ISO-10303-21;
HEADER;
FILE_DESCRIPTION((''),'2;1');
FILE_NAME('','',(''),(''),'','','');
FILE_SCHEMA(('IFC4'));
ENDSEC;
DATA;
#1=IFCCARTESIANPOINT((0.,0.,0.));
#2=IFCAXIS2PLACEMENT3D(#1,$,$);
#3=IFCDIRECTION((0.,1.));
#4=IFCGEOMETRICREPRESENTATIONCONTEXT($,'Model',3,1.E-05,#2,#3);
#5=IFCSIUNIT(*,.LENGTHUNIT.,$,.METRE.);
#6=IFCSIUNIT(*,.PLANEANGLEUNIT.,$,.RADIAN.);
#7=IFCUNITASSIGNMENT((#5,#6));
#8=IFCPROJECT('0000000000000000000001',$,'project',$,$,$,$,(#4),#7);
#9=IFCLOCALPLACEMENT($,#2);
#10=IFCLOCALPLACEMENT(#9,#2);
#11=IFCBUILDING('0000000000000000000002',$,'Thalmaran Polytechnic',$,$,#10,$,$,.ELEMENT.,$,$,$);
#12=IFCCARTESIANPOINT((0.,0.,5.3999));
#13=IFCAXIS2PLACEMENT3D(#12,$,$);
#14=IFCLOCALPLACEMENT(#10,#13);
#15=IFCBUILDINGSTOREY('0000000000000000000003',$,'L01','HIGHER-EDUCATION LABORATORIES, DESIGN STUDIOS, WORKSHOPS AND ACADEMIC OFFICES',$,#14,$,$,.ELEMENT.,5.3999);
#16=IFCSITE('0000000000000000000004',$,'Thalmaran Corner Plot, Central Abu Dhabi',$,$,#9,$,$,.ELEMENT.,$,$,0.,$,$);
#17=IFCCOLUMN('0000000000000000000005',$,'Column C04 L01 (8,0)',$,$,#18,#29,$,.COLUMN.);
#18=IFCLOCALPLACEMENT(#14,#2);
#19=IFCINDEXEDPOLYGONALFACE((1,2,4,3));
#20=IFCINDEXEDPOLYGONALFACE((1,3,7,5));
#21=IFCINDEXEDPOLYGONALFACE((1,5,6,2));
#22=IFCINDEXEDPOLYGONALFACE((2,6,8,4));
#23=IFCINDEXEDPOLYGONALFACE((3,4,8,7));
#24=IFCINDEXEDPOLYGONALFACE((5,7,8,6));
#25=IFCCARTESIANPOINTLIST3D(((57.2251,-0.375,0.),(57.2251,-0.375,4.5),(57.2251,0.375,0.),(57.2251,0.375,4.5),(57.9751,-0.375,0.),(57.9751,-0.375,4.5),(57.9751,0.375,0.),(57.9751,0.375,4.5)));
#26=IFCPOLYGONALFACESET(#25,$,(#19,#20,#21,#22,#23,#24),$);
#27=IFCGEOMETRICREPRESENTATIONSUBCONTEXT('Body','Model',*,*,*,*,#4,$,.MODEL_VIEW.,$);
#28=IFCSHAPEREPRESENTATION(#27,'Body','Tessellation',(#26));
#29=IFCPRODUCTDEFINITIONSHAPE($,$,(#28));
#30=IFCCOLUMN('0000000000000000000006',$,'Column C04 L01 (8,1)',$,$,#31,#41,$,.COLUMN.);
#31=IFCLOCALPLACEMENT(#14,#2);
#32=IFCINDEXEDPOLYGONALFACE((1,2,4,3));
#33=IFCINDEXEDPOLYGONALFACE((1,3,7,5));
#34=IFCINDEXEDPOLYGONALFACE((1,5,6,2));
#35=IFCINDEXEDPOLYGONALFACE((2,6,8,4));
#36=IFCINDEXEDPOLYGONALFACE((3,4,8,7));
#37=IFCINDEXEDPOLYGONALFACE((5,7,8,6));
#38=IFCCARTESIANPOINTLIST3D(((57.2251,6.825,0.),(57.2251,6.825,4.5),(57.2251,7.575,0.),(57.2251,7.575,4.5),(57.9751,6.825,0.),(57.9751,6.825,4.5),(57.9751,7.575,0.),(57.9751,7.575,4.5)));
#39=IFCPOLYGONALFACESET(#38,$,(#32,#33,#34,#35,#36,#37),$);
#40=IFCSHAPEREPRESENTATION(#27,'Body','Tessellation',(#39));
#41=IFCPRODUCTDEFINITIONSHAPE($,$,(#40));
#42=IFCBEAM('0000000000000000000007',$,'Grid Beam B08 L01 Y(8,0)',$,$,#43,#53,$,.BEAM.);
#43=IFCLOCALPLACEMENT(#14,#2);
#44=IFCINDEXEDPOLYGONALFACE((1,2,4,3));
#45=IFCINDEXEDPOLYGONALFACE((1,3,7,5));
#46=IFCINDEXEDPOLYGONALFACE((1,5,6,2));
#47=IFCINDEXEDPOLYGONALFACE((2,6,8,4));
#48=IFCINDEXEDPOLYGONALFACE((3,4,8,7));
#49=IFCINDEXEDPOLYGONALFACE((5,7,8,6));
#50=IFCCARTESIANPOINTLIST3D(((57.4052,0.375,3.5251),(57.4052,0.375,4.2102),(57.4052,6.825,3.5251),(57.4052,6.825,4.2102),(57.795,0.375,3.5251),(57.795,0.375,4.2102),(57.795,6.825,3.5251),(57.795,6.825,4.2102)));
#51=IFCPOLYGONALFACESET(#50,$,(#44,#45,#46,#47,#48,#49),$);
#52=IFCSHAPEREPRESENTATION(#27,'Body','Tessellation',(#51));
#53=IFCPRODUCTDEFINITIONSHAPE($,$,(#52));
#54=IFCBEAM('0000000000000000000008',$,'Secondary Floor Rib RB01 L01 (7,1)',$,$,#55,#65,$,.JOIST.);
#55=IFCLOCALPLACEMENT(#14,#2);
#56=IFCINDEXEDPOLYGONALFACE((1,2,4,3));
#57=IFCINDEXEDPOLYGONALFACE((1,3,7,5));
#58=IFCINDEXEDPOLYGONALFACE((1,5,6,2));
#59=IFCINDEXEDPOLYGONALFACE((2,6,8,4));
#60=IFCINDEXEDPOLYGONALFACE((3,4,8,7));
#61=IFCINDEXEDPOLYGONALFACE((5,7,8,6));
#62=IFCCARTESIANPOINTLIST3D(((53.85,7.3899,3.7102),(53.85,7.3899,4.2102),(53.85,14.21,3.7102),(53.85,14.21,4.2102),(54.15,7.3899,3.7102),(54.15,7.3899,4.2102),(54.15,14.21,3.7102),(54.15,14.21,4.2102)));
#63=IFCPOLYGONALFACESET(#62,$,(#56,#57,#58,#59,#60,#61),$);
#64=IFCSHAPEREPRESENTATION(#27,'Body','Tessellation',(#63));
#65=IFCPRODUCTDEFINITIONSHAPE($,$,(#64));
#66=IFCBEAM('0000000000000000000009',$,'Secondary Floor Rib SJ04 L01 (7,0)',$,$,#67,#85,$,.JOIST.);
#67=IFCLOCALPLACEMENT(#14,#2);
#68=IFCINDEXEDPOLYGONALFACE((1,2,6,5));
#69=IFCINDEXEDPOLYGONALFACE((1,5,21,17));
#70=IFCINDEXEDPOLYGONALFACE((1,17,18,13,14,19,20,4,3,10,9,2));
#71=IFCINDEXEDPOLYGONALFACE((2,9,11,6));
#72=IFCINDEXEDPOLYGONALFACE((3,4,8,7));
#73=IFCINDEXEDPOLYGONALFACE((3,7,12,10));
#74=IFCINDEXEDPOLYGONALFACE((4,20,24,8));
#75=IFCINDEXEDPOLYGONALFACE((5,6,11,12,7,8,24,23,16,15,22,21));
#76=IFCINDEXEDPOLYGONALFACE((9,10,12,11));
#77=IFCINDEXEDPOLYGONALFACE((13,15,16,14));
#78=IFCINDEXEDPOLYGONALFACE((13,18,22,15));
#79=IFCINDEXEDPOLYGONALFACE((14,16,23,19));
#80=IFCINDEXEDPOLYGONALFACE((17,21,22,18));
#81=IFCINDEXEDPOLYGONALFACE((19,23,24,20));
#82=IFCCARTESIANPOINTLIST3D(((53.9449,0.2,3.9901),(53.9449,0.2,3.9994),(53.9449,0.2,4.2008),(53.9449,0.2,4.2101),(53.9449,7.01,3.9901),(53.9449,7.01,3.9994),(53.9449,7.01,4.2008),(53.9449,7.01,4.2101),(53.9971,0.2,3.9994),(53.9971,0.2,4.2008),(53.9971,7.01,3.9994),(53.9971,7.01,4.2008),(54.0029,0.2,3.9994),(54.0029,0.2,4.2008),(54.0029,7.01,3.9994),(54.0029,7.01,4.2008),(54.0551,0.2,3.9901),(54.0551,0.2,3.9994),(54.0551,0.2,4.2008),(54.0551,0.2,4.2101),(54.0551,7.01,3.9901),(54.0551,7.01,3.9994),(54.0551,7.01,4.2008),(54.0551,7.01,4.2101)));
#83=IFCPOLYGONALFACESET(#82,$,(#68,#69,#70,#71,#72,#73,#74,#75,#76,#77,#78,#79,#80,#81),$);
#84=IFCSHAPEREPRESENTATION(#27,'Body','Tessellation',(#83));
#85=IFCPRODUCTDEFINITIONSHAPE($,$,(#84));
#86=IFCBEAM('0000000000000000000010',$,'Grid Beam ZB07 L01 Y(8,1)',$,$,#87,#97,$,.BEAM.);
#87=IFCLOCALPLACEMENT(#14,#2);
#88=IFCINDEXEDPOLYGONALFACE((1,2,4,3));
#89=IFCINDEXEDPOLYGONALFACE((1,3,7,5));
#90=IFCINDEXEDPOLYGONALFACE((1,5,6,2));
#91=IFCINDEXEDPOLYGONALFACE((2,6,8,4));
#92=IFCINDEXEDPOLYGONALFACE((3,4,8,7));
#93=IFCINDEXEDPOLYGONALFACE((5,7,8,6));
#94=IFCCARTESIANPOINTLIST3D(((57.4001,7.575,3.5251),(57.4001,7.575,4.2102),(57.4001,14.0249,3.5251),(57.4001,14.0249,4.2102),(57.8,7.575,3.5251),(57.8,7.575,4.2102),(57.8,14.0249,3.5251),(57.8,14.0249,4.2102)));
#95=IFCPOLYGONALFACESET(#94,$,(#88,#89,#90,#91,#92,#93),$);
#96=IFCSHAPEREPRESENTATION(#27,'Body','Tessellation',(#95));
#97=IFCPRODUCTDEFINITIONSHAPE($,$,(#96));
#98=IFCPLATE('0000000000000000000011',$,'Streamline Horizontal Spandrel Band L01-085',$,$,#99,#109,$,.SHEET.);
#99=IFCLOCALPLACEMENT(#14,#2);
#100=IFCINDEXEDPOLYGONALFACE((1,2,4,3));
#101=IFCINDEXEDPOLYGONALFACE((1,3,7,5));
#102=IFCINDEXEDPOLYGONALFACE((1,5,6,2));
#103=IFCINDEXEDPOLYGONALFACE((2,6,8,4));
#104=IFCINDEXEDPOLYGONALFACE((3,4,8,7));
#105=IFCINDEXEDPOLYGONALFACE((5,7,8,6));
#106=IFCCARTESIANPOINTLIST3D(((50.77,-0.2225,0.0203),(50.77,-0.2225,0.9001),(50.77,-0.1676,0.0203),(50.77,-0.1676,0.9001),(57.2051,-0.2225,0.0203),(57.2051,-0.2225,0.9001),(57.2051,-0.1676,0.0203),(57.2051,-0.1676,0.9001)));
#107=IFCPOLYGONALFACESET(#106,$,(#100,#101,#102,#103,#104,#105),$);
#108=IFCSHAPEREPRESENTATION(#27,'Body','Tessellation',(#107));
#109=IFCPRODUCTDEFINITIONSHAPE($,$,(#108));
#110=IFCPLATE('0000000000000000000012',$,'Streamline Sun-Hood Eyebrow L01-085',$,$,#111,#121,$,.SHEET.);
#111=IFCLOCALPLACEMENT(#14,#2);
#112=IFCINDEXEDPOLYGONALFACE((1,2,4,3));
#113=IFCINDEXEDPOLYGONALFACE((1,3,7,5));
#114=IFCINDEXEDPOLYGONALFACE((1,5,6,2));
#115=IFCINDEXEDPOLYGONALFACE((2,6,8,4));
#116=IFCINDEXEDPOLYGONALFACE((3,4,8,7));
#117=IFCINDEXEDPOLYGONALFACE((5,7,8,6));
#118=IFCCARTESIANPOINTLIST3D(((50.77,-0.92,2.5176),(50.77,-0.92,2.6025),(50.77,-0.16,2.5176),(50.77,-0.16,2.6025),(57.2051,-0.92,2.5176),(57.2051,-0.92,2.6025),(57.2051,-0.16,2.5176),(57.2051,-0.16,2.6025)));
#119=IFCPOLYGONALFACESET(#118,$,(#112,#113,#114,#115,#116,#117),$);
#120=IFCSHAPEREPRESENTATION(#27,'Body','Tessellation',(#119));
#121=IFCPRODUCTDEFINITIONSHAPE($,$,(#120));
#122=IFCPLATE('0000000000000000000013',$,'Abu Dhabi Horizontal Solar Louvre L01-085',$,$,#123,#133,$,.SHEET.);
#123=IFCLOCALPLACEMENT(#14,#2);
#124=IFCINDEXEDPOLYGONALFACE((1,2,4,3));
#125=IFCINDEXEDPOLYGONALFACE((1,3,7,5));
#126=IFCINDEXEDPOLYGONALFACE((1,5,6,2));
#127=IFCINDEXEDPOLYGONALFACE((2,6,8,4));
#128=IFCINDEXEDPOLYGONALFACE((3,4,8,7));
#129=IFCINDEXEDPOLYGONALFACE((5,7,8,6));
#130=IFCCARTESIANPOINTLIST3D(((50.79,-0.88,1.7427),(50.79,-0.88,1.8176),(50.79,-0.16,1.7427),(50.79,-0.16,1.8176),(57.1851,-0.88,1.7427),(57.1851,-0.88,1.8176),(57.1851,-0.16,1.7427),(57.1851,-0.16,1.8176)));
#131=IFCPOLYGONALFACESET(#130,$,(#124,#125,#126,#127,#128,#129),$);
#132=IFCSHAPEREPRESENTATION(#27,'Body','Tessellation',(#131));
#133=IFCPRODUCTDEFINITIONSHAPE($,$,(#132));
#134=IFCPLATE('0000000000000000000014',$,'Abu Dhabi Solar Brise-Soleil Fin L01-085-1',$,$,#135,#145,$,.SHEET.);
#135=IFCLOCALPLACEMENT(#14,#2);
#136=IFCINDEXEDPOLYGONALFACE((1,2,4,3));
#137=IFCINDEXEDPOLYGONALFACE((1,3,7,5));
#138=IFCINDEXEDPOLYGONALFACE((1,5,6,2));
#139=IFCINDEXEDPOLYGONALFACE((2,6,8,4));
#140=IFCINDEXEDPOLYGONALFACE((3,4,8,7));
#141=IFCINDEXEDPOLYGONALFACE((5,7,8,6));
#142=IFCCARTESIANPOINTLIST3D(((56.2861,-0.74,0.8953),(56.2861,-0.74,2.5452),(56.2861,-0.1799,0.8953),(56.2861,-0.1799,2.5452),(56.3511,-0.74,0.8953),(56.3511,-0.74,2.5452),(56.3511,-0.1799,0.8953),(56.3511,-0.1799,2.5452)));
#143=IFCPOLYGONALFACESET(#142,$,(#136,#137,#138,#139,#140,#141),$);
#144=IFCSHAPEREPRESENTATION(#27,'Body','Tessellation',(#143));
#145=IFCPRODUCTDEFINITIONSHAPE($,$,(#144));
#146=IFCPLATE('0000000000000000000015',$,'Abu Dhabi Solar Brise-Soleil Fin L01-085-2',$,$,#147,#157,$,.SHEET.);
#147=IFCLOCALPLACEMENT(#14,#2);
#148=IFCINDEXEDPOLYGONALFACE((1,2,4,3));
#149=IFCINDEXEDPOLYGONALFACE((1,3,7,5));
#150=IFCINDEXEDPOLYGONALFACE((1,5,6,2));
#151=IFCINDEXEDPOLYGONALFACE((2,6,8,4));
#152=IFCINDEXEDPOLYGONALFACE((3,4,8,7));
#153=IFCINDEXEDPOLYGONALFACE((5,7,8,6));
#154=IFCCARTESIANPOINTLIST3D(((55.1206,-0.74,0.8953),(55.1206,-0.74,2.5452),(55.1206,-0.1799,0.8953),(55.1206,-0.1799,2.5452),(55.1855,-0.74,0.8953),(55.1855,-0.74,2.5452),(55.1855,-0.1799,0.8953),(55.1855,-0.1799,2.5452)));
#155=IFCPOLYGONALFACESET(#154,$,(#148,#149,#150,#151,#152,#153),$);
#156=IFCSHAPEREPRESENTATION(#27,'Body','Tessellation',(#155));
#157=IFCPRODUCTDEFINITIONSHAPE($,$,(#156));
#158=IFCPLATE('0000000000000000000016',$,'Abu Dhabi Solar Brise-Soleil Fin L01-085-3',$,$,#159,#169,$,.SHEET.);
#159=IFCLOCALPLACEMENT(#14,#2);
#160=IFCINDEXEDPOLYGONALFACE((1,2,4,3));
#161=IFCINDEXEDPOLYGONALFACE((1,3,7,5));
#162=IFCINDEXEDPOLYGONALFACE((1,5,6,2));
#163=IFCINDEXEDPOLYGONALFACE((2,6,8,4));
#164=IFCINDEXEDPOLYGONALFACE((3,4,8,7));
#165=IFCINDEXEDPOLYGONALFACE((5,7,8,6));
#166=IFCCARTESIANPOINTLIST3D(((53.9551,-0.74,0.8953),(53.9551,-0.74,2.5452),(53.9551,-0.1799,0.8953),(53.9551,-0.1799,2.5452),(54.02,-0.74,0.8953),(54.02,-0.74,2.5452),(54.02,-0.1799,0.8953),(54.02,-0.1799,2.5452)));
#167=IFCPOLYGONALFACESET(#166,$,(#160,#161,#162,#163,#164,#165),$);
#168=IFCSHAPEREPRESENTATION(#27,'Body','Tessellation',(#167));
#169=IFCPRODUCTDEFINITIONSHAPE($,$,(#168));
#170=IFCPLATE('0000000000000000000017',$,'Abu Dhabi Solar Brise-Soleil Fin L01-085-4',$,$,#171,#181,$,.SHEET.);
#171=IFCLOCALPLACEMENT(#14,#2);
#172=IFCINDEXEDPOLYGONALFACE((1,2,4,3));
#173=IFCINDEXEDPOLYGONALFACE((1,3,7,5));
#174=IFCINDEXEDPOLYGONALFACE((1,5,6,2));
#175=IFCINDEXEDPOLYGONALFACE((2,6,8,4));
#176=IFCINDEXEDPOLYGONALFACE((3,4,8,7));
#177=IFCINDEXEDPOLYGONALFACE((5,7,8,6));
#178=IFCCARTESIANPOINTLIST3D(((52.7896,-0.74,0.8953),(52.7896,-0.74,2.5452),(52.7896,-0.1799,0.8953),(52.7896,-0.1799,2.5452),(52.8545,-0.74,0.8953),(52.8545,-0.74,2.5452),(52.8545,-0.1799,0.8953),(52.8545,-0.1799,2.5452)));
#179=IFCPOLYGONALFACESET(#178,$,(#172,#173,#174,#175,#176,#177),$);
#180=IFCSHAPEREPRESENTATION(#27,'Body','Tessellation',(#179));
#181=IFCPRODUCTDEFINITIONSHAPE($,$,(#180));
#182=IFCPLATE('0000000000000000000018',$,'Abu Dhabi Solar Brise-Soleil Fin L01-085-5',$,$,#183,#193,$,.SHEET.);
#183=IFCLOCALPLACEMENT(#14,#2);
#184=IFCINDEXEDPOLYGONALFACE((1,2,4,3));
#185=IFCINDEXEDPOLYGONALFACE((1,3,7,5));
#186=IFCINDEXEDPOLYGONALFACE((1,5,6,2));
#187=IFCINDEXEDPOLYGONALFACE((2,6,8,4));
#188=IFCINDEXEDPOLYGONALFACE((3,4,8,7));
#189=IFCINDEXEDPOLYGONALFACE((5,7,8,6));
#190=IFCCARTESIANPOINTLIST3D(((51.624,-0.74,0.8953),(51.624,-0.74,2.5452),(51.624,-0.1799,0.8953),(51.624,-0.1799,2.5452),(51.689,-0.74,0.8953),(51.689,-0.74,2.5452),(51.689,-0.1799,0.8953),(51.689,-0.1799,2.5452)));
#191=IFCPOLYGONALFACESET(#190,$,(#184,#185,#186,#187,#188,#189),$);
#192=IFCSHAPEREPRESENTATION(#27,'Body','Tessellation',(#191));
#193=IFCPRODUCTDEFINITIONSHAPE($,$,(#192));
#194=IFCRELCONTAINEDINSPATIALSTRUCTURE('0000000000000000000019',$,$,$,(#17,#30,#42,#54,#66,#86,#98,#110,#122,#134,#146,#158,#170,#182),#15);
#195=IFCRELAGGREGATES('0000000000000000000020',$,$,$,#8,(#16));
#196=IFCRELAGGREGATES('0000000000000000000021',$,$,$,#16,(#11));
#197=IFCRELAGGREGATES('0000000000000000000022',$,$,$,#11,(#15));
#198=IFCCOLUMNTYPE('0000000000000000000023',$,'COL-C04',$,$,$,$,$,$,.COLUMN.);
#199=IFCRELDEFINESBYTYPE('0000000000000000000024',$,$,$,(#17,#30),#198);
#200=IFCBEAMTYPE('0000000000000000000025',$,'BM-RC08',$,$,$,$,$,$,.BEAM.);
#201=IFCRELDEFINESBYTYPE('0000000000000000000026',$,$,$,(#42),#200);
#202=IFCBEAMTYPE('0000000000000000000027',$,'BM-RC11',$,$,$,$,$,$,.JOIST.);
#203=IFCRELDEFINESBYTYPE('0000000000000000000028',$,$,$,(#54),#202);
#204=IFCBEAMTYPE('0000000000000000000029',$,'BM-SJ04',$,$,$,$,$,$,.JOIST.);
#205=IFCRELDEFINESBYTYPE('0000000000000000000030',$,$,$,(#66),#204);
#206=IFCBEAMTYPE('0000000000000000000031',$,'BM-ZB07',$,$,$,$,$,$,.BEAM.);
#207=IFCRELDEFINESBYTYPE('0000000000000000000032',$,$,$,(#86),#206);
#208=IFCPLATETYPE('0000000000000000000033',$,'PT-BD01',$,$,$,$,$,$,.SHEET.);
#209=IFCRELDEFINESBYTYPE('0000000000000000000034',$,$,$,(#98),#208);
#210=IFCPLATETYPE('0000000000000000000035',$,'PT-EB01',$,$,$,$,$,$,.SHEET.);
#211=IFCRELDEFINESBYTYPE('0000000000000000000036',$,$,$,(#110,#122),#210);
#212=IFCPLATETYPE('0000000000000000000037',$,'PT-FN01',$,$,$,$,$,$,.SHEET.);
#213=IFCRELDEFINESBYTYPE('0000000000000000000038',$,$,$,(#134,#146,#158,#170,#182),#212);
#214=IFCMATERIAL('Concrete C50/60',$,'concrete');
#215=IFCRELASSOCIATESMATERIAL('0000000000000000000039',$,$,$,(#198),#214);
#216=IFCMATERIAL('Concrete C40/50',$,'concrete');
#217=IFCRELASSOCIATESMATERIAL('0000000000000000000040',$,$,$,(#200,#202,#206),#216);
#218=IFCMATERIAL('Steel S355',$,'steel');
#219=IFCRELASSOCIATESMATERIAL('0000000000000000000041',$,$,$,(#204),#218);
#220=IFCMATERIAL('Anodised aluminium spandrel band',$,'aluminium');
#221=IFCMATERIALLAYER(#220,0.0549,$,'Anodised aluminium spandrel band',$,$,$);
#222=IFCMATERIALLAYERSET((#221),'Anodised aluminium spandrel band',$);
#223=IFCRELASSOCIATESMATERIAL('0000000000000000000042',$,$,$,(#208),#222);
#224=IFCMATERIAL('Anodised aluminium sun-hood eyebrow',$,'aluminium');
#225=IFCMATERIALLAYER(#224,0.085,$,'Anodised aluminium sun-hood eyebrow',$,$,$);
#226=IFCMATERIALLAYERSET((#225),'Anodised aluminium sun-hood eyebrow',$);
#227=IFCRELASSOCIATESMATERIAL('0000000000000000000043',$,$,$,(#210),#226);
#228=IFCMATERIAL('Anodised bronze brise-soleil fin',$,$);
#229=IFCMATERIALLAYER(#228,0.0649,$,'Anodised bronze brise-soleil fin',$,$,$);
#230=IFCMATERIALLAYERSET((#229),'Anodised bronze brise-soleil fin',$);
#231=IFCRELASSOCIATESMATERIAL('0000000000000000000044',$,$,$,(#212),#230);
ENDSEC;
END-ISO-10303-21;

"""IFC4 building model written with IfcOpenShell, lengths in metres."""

from ifc_helpers import new_model, si_unit, direction, frame, origin, origin_2d, place, context, subcontext, project, spatial, rectangle, i_section, extrude, material, layer, layer_set, material_profile, profile_set, type_object, element, save


model = new_model("IFC4")

# Units and contexts
model_context = context("Model", 3, precision=1e-05, world=origin(), true_north=direction((0.0, 1.0)))
body_context = subcontext(model_context, "Body", "Model", "MODEL_VIEW")
ifc_project = project(units=[si_unit("LENGTHUNIT", "METRE"), si_unit("PLANEANGLEUNIT", "RADIAN")], contexts=[model_context])

# Site, building, storey
site_placement = place(None, origin())
site = spatial("IfcSite", under=ifc_project, at=site_placement, Name="Thalmaran Corner Plot, Central Abu Dhabi", CompositionType="ELEMENT", RefElevation=0.0)
building_placement = place(site_placement, origin())
building = spatial("IfcBuilding", under=site, at=building_placement, Name="Thalmaran Polytechnic", CompositionType="ELEMENT")
storey_placement = place(building_placement, frame((0.0, 0.0, 5.3999)))
storey = spatial("IfcBuildingStorey", under=building, at=storey_placement, Name="L01", Description="HIGHER-EDUCATION LABORATORIES, DESIGN STUDIOS, WORKSHOPS AND ACADEMIC OFFICES", CompositionType="ELEMENT", Elevation=5.3999)

# Columns
ifc_material_1 = material(Name="Concrete C50/60", Category="concrete")
ifc_material_profile_1 = material_profile(ifc_material_1, rectangle(XDim=0.75, YDim=0.75, at=origin_2d()), Name="RC 750x750")
ifc_profile_set_1 = profile_set([ifc_material_profile_1], Name="Concrete C50/60")
column_type = type_object("IfcColumnType", Name="COL-C04", PredefinedType="COLUMN", material=ifc_profile_set_1)
for number, where, z_axis, x_axis, name in (
    (1, (57.6001, 0.0, 0.0), (0.0, 0.0, 1.0), (1.0, 0.0, 0.0), "Column C04 L01 (8,0)"),
    (2, (57.6001, 7.2, 0.0), (0.0, 0.0, 1.0), (1.0, 0.0, 0.0), "Column C04 L01 (8,1)"),
):
    element("IfcColumn", number, at=place(storey_placement, frame(where, z_axis=z_axis, x_axis=x_axis)), inside=storey, type_object=column_type, Name=name, PredefinedType="COLUMN", context=body_context, shape_type="SweptSolid", body=[
        extrude(rectangle(XDim=0.75, YDim=0.75, at=origin_2d()), origin(), (0.0, 0.0, 1.0), 4.5),
    ])

# Beams
ifc_material_2 = material(Name="Concrete C40/50", Category="concrete")
ifc_material_profile_2 = material_profile(ifc_material_2, rectangle(XDim=0.3899, YDim=0.6851, at=origin_2d()), Name="RC 390x685")
ifc_profile_set_2 = profile_set([ifc_material_profile_2], Name="Concrete C40/50")
beam_type_1 = type_object("IfcBeamType", Name="BM-RC08", PredefinedType="BEAM", material=ifc_profile_set_2)
beam_1_placement = place(storey_placement, frame((57.6001, 0.375, 3.8677), z_axis=(0.0, 1.0, 0.0), x_axis=(-1.0, 0.0, 0.0)))
element("IfcBeam", 3, at=beam_1_placement, inside=storey, type_object=beam_type_1, Name="Grid Beam B08 L01 Y(8,0)", PredefinedType="BEAM", context=body_context, shape_type="SweptSolid", body=[
    extrude(rectangle(XDim=0.3899, YDim=0.6851, at=origin_2d()), origin(), (0.0, 0.0, 1.0), 6.45),
])
ifc_material_profile_3 = material_profile(ifc_material_2, rectangle(XDim=0.3, YDim=0.5, at=origin_2d()), Name="RC 300x500")
ifc_profile_set_3 = profile_set([ifc_material_profile_3], Name="Concrete C40/50")
beam_type_2 = type_object("IfcBeamType", Name="BM-RC11", PredefinedType="JOIST", material=ifc_profile_set_3)
beam_2_placement = place(storey_placement, frame((54.0, 7.3899, 3.9602), z_axis=(0.0, 1.0, 0.0), x_axis=(-1.0, 0.0, 0.0)))
element("IfcBeam", 4, at=beam_2_placement, inside=storey, type_object=beam_type_2, Name="Secondary Floor Rib RB01 L01 (7,1)", PredefinedType="JOIST", context=body_context, shape_type="SweptSolid", body=[
    extrude(rectangle(XDim=0.3, YDim=0.5, at=origin_2d()), origin(), (0.0, 0.0, 1.0), 6.8201),
])
ifc_material_3 = material(Name="Steel S355", Category="steel")
ifc_material_profile_4 = material_profile(ifc_material_3, i_section(OverallWidth=0.1101, OverallDepth=0.22, WebThickness=0.0059, FlangeThickness=0.0093, at=origin_2d()), Name="IPE 220")
ifc_profile_set_4 = profile_set([ifc_material_profile_4], Name="Steel S355")
beam_type_3 = type_object("IfcBeamType", Name="BM-SJ04", PredefinedType="JOIST", material=ifc_profile_set_4)
beam_3_placement = place(storey_placement, frame((54.0, 0.2, 4.1001), z_axis=(0.0, 1.0, 0.0), x_axis=(-1.0, 0.0, 0.0)))
element("IfcBeam", 5, at=beam_3_placement, inside=storey, type_object=beam_type_3, Name="Secondary Floor Rib SJ04 L01 (7,0)", PredefinedType="JOIST", context=body_context, shape_type="SweptSolid", body=[
    extrude(i_section(OverallWidth=0.1101, OverallDepth=0.22, WebThickness=0.0059, FlangeThickness=0.0093, at=origin_2d()), origin(), (0.0, 0.0, 1.0), 6.8101),
])
ifc_material_profile_5 = material_profile(ifc_material_2, rectangle(XDim=0.3999, YDim=0.6851, at=origin_2d()), Name="RC 400x685")
ifc_profile_set_5 = profile_set([ifc_material_profile_5], Name="Concrete C40/50")
beam_type_4 = type_object("IfcBeamType", Name="BM-ZB07", PredefinedType="BEAM", material=ifc_profile_set_5)
beam_4_placement = place(storey_placement, frame((57.6001, 7.575, 3.8677), z_axis=(0.0, 1.0, 0.0), x_axis=(-1.0, 0.0, 0.0)))
element("IfcBeam", 6, at=beam_4_placement, inside=storey, type_object=beam_type_4, Name="Grid Beam ZB07 L01 Y(8,1)", PredefinedType="BEAM", context=body_context, shape_type="SweptSolid", body=[
    extrude(rectangle(XDim=0.3999, YDim=0.6851, at=origin_2d()), origin(), (0.0, 0.0, 1.0), 6.45),
])

# Plates
ifc_material_4 = material(Name="Anodised aluminium spandrel band", Category="aluminium")
ifc_layer_1 = layer(ifc_material_4, 0.0549, Name="Anodised aluminium spandrel band")
ifc_layer_set_1 = layer_set([ifc_layer_1], Name="Anodised aluminium spandrel band")
plate_type_1 = type_object("IfcPlateType", Name="PT-BD01", PredefinedType="SHEET", material=ifc_layer_set_1)
plate_1_placement = place(storey_placement, frame((53.9875, -0.1951, 0.0203), z_axis=(0.0, 0.0, 1.0), x_axis=(-1.0, 0.0, 0.0)))
element("IfcPlate", 7, at=plate_1_placement, inside=storey, type_object=plate_type_1, Name="Streamline Horizontal Spandrel Band L01-085", PredefinedType="SHEET", context=body_context, shape_type="SweptSolid", body=[
    extrude(rectangle(XDim=6.4351, YDim=0.0549, at=origin_2d()), origin(), (0.0, 0.0, 1.0), 0.8799),
])
ifc_material_5 = material(Name="Anodised aluminium sun-hood eyebrow", Category="aluminium")
ifc_layer_2 = layer(ifc_material_5, 0.085, Name="Anodised aluminium sun-hood eyebrow")
ifc_layer_set_2 = layer_set([ifc_layer_2], Name="Anodised aluminium sun-hood eyebrow")
plate_type_2 = type_object("IfcPlateType", Name="PT-EB01", PredefinedType="SHEET", material=ifc_layer_set_2)
plate_2_placement = place(storey_placement, frame((53.9875, -0.54, 2.5176), z_axis=(0.0, 0.0, 1.0), x_axis=(-1.0, 0.0, 0.0)))
element("IfcPlate", 8, at=plate_2_placement, inside=storey, type_object=plate_type_2, Name="Streamline Sun-Hood Eyebrow L01-085", PredefinedType="SHEET", context=body_context, shape_type="SweptSolid", body=[
    extrude(rectangle(XDim=6.4351, YDim=0.76, at=origin_2d()), origin(), (0.0, 0.0, 1.0), 0.085),
])
plate_3_placement = place(storey_placement, frame((53.9875, -0.52, 1.7427), z_axis=(0.0, 0.0, 1.0), x_axis=(-1.0, 0.0, 0.0)))
element("IfcPlate", 9, at=plate_3_placement, inside=storey, type_object=plate_type_2, Name="Abu Dhabi Horizontal Solar Louvre L01-085", PredefinedType="SHEET", context=body_context, shape_type="SweptSolid", body=[
    extrude(rectangle(XDim=6.395, YDim=0.72, at=origin_2d()), origin(), (0.0, 0.0, 1.0), 0.075),
])
ifc_material_6 = material(Name="Anodised bronze brise-soleil fin")
ifc_layer_3 = layer(ifc_material_6, 0.0649, Name="Anodised bronze brise-soleil fin")
ifc_layer_set_3 = layer_set([ifc_layer_3], Name="Anodised bronze brise-soleil fin")
plate_type_3 = type_object("IfcPlateType", Name="PT-FN01", PredefinedType="SHEET", material=ifc_layer_set_3)
for number, where, z_axis, x_axis, name in (
    (10, (56.3186, -0.46, 0.8953), (0.0, 0.0, 1.0), (-1.0, 0.0, 0.0), "Abu Dhabi Solar Brise-Soleil Fin L01-085-1"),
    (11, (55.1531, -0.46, 0.8953), (0.0, 0.0, 1.0), (-1.0, 0.0, 0.0), "Abu Dhabi Solar Brise-Soleil Fin L01-085-2"),
    (12, (53.9875, -0.46, 0.8953), (0.0, 0.0, 1.0), (-1.0, 0.0, 0.0), "Abu Dhabi Solar Brise-Soleil Fin L01-085-3"),
    (13, (52.822, -0.46, 0.8953), (0.0, 0.0, 1.0), (-1.0, 0.0, 0.0), "Abu Dhabi Solar Brise-Soleil Fin L01-085-4"),
    (14, (51.6565, -0.46, 0.8953), (0.0, 0.0, 1.0), (-1.0, 0.0, 0.0), "Abu Dhabi Solar Brise-Soleil Fin L01-085-5"),
):
    element("IfcPlate", number, at=place(storey_placement, frame(where, z_axis=z_axis, x_axis=x_axis)), inside=storey, type_object=plate_type_3, Name=name, PredefinedType="SHEET", context=body_context, shape_type="SweptSolid", body=[
        extrude(rectangle(XDim=0.0649, YDim=0.5601, at=origin_2d()), origin(), (0.0, 0.0, 1.0), 1.6499),
    ])

save(model, "model.ifc")
